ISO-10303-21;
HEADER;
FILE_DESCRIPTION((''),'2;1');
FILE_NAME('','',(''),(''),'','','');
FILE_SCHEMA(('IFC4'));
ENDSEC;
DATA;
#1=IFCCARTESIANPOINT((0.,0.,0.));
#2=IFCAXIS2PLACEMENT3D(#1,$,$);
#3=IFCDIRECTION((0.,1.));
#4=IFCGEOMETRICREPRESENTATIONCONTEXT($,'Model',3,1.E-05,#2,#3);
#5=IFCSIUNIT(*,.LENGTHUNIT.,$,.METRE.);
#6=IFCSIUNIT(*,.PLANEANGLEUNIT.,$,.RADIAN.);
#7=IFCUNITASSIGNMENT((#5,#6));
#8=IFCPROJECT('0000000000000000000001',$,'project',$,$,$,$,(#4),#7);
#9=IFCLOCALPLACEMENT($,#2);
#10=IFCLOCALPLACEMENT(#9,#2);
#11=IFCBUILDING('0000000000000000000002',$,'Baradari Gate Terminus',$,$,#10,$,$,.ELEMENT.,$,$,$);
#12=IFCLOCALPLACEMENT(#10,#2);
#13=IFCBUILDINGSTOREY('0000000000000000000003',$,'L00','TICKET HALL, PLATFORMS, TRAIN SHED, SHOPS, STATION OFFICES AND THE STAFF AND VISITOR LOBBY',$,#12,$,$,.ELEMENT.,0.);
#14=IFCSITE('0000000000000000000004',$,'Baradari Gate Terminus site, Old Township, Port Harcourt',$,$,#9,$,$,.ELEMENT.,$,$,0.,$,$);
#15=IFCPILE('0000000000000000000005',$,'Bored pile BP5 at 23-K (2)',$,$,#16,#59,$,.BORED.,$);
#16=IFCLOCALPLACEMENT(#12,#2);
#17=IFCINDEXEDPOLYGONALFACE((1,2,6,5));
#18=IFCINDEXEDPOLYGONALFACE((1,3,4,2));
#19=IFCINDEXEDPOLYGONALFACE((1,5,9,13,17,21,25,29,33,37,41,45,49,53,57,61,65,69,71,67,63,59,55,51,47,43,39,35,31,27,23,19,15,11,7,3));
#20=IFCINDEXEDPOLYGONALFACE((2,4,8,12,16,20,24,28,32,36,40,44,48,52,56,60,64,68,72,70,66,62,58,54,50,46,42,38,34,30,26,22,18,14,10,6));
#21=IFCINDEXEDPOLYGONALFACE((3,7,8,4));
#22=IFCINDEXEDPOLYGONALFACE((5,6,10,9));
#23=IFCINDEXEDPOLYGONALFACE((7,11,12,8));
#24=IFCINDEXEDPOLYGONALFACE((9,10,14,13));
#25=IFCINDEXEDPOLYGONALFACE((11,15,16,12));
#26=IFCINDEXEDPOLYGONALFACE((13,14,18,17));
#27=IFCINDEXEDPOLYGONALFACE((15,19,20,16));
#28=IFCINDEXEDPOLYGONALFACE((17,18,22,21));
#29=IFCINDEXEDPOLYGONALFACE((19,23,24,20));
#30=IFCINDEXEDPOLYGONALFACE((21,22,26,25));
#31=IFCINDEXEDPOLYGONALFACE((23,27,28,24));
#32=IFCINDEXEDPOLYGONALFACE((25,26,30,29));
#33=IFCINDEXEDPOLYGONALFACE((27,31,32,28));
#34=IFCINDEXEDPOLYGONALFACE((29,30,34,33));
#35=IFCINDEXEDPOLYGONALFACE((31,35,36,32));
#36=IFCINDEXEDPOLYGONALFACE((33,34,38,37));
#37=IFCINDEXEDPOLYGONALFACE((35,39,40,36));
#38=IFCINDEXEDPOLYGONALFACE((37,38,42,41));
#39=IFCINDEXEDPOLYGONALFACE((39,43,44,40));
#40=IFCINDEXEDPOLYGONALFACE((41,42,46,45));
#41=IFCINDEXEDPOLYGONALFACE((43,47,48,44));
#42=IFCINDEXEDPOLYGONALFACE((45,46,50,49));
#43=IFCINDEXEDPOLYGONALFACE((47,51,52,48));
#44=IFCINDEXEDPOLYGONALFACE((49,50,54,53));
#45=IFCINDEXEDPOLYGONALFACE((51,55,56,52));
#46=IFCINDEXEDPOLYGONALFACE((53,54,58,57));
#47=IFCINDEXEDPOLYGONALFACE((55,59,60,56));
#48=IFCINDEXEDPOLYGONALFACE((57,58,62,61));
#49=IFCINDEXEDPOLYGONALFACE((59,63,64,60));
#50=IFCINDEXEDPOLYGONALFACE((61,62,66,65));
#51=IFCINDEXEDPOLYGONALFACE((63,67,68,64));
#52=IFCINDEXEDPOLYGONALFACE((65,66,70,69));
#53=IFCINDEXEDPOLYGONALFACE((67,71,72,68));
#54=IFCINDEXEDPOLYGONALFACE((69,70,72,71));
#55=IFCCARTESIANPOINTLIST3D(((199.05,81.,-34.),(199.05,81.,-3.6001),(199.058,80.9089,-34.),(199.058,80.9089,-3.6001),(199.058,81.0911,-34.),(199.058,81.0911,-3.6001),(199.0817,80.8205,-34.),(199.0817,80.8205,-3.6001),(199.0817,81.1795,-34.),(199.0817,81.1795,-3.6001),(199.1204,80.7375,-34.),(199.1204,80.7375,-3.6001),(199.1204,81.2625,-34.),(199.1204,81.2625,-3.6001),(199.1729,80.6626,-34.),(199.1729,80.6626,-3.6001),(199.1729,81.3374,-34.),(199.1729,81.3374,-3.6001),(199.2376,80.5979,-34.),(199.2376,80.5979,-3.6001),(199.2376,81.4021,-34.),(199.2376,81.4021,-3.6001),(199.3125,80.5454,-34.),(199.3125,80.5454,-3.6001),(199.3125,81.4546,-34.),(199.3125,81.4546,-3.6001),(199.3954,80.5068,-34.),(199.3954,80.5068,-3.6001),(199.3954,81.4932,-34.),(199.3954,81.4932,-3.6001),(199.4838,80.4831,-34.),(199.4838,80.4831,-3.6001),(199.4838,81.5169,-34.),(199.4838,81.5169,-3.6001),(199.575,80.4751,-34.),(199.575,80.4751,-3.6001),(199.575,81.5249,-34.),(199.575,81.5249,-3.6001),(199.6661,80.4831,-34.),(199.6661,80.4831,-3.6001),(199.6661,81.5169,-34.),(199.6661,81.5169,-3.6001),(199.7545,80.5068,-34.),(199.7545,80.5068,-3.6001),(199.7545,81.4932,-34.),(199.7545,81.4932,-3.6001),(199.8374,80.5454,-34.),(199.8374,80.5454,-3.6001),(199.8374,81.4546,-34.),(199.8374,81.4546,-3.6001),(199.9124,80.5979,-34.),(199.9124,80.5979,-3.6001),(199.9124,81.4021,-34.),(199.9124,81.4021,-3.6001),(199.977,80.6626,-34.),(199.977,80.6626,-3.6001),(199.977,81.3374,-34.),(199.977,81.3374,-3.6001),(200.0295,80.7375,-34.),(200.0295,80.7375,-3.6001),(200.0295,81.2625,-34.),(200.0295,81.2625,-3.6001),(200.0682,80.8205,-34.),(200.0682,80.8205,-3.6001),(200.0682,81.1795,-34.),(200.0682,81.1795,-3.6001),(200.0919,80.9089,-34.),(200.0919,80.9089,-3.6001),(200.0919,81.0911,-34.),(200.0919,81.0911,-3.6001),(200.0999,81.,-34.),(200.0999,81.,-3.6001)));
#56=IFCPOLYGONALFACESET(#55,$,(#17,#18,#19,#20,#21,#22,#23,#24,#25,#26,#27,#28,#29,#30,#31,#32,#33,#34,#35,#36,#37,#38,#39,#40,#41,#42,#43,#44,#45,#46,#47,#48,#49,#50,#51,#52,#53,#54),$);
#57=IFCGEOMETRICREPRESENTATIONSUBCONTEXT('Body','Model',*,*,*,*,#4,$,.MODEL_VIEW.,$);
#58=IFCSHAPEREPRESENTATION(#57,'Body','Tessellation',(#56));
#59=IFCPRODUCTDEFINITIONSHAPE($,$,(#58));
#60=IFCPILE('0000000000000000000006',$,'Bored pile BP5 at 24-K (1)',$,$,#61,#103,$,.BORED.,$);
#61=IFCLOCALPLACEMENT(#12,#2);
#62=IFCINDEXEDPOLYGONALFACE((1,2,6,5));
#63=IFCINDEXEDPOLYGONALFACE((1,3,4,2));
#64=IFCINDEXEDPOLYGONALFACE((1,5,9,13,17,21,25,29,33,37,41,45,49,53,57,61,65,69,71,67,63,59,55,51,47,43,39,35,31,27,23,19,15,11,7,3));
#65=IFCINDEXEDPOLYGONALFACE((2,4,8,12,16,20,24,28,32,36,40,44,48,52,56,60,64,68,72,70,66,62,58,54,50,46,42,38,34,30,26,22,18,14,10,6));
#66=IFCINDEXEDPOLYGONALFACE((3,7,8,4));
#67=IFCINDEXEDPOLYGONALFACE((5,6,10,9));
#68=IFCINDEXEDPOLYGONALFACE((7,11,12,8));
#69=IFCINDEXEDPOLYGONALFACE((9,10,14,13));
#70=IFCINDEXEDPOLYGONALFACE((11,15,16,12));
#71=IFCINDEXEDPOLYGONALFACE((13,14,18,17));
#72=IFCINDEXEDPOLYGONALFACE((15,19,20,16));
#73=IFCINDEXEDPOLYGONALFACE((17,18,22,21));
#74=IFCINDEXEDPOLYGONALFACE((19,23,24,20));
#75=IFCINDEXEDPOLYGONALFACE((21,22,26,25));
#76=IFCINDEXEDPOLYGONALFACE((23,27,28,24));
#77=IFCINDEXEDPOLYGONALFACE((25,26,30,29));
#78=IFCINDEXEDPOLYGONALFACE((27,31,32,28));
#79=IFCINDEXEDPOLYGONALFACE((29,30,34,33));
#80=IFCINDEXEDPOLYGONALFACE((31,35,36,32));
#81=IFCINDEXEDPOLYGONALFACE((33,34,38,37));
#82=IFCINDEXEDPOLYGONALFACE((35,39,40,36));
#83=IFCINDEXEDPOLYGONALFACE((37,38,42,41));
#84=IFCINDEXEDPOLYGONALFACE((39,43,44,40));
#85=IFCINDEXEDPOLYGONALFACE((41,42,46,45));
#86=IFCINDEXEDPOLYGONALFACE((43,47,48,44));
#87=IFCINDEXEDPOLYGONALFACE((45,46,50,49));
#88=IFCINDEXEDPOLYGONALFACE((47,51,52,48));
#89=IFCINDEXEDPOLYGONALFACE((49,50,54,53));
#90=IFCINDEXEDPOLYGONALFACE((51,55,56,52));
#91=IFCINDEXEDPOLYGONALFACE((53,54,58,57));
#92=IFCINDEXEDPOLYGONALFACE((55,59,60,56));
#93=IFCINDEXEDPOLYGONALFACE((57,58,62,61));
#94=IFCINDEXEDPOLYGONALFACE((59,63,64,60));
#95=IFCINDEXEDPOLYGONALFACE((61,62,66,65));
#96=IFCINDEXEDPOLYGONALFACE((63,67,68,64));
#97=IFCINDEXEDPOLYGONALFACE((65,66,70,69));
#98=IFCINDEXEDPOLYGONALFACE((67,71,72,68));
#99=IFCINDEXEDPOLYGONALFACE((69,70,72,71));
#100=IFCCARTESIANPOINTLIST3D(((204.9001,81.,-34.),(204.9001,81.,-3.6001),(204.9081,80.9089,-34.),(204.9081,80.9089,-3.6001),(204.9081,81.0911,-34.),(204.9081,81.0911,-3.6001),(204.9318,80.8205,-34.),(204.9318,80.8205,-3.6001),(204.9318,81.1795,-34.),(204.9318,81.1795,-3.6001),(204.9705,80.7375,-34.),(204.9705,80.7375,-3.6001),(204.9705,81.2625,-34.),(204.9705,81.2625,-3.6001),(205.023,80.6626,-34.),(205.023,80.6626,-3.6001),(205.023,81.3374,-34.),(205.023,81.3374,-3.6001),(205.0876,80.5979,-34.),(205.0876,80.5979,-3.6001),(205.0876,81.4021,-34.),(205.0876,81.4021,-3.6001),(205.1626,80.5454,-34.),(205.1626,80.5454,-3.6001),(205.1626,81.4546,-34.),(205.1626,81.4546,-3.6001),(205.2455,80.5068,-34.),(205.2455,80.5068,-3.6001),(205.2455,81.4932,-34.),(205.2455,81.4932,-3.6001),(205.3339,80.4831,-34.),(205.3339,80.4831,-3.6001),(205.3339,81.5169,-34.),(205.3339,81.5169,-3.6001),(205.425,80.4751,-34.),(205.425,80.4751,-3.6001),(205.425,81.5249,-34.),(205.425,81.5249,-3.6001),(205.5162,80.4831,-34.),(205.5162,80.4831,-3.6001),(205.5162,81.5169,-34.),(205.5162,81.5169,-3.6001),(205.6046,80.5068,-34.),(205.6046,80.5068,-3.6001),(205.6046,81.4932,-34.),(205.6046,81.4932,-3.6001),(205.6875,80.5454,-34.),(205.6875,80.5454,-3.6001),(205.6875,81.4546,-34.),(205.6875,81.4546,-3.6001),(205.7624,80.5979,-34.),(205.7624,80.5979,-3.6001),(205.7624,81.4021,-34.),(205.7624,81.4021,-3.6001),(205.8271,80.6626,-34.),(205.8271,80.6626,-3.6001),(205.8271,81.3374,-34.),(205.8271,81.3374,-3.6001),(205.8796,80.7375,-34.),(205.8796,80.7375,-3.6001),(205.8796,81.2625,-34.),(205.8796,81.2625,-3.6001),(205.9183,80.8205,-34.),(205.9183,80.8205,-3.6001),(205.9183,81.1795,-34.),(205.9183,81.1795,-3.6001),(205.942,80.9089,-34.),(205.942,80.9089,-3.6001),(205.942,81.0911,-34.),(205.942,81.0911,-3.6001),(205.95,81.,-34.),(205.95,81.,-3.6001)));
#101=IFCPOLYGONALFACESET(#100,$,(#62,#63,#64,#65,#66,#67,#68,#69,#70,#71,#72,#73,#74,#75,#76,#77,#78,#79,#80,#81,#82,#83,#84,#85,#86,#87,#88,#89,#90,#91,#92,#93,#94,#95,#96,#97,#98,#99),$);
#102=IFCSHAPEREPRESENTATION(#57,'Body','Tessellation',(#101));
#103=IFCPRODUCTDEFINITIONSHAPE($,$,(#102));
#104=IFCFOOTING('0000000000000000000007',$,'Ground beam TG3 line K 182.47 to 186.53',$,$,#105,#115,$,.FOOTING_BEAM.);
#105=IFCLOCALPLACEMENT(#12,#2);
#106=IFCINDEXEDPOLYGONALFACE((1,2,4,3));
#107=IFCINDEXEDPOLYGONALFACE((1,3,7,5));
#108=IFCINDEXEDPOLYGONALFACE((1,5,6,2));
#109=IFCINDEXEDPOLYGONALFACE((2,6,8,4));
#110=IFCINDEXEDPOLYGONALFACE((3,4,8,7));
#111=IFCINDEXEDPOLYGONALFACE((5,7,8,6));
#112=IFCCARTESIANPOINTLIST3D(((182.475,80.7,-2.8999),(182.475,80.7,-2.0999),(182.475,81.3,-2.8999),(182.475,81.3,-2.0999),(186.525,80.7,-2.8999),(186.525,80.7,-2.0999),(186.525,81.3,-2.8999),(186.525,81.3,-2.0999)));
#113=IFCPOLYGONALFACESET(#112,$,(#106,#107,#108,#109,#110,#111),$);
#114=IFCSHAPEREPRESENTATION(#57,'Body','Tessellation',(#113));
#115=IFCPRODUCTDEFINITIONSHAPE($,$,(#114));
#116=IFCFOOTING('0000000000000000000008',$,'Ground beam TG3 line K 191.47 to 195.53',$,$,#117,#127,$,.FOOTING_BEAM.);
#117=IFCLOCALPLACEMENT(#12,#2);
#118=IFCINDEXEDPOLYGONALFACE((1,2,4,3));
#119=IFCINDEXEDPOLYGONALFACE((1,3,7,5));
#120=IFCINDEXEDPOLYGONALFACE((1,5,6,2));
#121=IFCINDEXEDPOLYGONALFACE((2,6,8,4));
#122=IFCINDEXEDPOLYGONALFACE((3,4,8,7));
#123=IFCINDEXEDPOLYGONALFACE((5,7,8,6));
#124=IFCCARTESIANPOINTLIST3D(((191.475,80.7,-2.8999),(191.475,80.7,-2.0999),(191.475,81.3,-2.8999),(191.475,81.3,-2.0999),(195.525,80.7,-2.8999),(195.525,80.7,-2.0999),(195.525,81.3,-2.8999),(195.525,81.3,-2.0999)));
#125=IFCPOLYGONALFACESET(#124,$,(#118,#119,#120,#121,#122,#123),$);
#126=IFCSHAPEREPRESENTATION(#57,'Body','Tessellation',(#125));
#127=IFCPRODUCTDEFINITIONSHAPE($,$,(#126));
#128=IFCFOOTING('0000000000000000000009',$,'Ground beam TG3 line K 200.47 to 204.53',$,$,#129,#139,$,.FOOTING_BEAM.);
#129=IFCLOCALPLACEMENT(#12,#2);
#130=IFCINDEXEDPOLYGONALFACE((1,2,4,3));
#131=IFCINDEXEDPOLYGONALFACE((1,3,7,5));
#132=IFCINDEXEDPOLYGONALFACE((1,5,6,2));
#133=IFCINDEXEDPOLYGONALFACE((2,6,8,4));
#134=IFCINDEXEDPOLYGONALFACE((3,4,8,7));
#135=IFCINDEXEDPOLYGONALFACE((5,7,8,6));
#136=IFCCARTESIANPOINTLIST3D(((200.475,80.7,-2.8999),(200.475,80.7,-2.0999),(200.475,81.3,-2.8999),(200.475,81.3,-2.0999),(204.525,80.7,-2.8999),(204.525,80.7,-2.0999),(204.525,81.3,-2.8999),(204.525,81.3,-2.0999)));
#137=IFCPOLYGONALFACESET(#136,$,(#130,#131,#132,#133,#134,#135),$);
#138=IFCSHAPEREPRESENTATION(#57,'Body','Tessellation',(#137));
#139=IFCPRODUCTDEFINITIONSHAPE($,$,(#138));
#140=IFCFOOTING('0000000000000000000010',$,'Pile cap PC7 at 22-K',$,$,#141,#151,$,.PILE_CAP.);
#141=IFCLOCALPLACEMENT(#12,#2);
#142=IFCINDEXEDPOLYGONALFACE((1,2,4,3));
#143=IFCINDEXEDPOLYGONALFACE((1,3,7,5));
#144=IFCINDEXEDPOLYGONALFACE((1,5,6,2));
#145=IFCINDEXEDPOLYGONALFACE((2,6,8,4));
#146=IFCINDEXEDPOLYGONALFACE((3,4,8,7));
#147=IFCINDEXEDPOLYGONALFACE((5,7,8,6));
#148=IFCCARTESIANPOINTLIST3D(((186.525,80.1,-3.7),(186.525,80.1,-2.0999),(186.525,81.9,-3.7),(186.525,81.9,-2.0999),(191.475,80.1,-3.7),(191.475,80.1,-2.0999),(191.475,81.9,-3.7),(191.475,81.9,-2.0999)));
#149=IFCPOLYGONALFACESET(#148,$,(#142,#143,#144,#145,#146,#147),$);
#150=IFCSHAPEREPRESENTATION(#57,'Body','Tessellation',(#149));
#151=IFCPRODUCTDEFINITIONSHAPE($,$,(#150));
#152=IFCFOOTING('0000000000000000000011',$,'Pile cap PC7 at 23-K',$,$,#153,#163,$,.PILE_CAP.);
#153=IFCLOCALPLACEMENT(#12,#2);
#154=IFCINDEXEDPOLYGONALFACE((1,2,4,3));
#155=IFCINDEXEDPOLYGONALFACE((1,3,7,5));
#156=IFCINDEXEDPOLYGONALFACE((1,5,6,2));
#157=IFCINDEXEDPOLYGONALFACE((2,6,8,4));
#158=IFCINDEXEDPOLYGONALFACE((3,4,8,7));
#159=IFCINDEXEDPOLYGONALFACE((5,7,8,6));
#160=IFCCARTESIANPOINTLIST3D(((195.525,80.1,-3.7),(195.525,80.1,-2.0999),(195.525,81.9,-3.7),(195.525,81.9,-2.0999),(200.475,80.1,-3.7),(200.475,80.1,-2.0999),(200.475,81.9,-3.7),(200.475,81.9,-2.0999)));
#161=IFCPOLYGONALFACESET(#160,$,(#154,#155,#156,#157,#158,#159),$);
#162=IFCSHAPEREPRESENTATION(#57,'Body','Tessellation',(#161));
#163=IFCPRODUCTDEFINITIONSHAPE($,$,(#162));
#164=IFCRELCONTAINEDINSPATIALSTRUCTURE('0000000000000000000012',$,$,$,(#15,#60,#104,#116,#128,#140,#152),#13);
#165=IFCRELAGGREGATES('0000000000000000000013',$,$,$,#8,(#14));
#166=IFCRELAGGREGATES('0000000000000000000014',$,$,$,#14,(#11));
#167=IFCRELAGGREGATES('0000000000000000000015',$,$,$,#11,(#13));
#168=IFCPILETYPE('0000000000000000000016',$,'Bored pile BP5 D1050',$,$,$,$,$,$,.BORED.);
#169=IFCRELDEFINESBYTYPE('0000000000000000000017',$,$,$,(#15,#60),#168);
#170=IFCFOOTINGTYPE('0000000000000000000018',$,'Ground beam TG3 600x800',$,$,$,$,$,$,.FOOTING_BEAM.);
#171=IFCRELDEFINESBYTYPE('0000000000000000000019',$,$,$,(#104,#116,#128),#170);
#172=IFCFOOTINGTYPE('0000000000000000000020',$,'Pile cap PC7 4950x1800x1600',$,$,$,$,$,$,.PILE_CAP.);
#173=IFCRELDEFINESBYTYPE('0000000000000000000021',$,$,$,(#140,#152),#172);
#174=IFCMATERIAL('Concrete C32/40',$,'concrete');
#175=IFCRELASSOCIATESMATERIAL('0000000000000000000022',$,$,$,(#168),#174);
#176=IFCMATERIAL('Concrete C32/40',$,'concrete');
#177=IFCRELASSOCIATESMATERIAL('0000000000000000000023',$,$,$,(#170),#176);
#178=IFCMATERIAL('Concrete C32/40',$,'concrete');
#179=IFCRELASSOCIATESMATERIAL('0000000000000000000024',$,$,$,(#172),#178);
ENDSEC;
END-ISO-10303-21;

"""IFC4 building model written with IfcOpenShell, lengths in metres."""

from ifc_helpers import new_model, si_unit, direction, frame, origin, origin_2d, place, context, subcontext, project, spatial, rectangle, circle, extrude, material, type_object, element, save


model = new_model("IFC4")

# Units and contexts
model_context = context("Model", 3, precision=1e-05, world=origin(), true_north=direction((0.0, 1.0)))
body_context = subcontext(model_context, "Body", "Model", "MODEL_VIEW")
ifc_project = project(units=[si_unit("LENGTHUNIT", "METRE"), si_unit("PLANEANGLEUNIT", "RADIAN")], contexts=[model_context])

# Site, building, storey
site_placement = place(None, origin())
site = spatial("IfcSite", under=ifc_project, at=site_placement, Name="Baradari Gate Terminus site, Old Township, Port Harcourt", CompositionType="ELEMENT", RefElevation=0.0)
building_placement = place(site_placement, origin())
building = spatial("IfcBuilding", under=site, at=building_placement, Name="Baradari Gate Terminus", CompositionType="ELEMENT")
storey_placement = place(building_placement, origin())
storey = spatial("IfcBuildingStorey", under=building, at=storey_placement, Name="L00", Description="TICKET HALL, PLATFORMS, TRAIN SHED, SHOPS, STATION OFFICES AND THE STAFF AND VISITOR LOBBY", CompositionType="ELEMENT", Elevation=0.0)

# Piles
ifc_material_1 = material(Name="Concrete C32/40", Category="concrete")
pile_type = type_object("IfcPileType", Name="Bored pile BP5 D1050", PredefinedType="BORED", material=ifc_material_1)
for number, where, z_axis, x_axis, name in (
    (1, (199.575, 81.0, -3.6001), (0.0, 0.0, -1.0), (1.0, 0.0, 0.0), "Bored pile BP5 at 23-K (2)"),
    (2, (205.425, 81.0, -3.6001), (0.0, 0.0, -1.0), (1.0, 0.0, 0.0), "Bored pile BP5 at 24-K (1)"),
):
    element("IfcPile", number, at=place(storey_placement, frame(where, z_axis=z_axis, x_axis=x_axis)), inside=storey, type_object=pile_type, Name=name, PredefinedType="BORED", context=body_context, shape_type="SweptSolid", body=[
        extrude(circle(Radius=0.5249, at=origin_2d()), origin(), (0.0, 0.0, 1.0), 30.3999),
    ])

# Footings
ifc_material_2 = material(Name="Concrete C32/40", Category="concrete")
footing_type_1 = type_object("IfcFootingType", Name="Ground beam TG3 600x800", PredefinedType="FOOTING_BEAM", material=ifc_material_2)
for number, where, z_axis, x_axis, name in (
    (3, (184.5, 81.0, -2.8999), (0.0, 0.0, 1.0), (1.0, 0.0, 0.0), "Ground beam TG3 line K 182.47 to 186.53"),
    (4, (193.5, 81.0, -2.8999), (0.0, 0.0, 1.0), (1.0, 0.0, 0.0), "Ground beam TG3 line K 191.47 to 195.53"),
    (5, (202.5, 81.0, -2.8999), (0.0, 0.0, 1.0), (1.0, 0.0, 0.0), "Ground beam TG3 line K 200.47 to 204.53"),
):
    element("IfcFooting", number, at=place(storey_placement, frame(where, z_axis=z_axis, x_axis=x_axis)), inside=storey, type_object=footing_type_1, Name=name, PredefinedType="FOOTING_BEAM", context=body_context, shape_type="SweptSolid", body=[
        extrude(rectangle(XDim=4.05, YDim=0.6001, at=origin_2d()), origin(), (0.0, 0.0, 1.0), 0.8),
    ])
ifc_material_3 = material(Name="Concrete C32/40", Category="concrete")
footing_type_2 = type_object("IfcFootingType", Name="Pile cap PC7 4950x1800x1600", PredefinedType="PILE_CAP", material=ifc_material_3)
for number, where, z_axis, x_axis, name in (
    (6, (189.0, 81.0, -3.7), (0.0, 0.0, 1.0), (1.0, 0.0, 0.0), "Pile cap PC7 at 22-K"),
    (7, (198.0, 81.0, -3.7), (0.0, 0.0, 1.0), (1.0, 0.0, 0.0), "Pile cap PC7 at 23-K"),
):
    element("IfcFooting", number, at=place(storey_placement, frame(where, z_axis=z_axis, x_axis=x_axis)), inside=storey, type_object=footing_type_2, Name=name, PredefinedType="PILE_CAP", context=body_context, shape_type="SweptSolid", body=[
        extrude(rectangle(XDim=4.95, YDim=1.8, at=origin_2d()), origin(), (0.0, 0.0, 1.0), 1.6001),
    ])

save(model, "model.ifc")
